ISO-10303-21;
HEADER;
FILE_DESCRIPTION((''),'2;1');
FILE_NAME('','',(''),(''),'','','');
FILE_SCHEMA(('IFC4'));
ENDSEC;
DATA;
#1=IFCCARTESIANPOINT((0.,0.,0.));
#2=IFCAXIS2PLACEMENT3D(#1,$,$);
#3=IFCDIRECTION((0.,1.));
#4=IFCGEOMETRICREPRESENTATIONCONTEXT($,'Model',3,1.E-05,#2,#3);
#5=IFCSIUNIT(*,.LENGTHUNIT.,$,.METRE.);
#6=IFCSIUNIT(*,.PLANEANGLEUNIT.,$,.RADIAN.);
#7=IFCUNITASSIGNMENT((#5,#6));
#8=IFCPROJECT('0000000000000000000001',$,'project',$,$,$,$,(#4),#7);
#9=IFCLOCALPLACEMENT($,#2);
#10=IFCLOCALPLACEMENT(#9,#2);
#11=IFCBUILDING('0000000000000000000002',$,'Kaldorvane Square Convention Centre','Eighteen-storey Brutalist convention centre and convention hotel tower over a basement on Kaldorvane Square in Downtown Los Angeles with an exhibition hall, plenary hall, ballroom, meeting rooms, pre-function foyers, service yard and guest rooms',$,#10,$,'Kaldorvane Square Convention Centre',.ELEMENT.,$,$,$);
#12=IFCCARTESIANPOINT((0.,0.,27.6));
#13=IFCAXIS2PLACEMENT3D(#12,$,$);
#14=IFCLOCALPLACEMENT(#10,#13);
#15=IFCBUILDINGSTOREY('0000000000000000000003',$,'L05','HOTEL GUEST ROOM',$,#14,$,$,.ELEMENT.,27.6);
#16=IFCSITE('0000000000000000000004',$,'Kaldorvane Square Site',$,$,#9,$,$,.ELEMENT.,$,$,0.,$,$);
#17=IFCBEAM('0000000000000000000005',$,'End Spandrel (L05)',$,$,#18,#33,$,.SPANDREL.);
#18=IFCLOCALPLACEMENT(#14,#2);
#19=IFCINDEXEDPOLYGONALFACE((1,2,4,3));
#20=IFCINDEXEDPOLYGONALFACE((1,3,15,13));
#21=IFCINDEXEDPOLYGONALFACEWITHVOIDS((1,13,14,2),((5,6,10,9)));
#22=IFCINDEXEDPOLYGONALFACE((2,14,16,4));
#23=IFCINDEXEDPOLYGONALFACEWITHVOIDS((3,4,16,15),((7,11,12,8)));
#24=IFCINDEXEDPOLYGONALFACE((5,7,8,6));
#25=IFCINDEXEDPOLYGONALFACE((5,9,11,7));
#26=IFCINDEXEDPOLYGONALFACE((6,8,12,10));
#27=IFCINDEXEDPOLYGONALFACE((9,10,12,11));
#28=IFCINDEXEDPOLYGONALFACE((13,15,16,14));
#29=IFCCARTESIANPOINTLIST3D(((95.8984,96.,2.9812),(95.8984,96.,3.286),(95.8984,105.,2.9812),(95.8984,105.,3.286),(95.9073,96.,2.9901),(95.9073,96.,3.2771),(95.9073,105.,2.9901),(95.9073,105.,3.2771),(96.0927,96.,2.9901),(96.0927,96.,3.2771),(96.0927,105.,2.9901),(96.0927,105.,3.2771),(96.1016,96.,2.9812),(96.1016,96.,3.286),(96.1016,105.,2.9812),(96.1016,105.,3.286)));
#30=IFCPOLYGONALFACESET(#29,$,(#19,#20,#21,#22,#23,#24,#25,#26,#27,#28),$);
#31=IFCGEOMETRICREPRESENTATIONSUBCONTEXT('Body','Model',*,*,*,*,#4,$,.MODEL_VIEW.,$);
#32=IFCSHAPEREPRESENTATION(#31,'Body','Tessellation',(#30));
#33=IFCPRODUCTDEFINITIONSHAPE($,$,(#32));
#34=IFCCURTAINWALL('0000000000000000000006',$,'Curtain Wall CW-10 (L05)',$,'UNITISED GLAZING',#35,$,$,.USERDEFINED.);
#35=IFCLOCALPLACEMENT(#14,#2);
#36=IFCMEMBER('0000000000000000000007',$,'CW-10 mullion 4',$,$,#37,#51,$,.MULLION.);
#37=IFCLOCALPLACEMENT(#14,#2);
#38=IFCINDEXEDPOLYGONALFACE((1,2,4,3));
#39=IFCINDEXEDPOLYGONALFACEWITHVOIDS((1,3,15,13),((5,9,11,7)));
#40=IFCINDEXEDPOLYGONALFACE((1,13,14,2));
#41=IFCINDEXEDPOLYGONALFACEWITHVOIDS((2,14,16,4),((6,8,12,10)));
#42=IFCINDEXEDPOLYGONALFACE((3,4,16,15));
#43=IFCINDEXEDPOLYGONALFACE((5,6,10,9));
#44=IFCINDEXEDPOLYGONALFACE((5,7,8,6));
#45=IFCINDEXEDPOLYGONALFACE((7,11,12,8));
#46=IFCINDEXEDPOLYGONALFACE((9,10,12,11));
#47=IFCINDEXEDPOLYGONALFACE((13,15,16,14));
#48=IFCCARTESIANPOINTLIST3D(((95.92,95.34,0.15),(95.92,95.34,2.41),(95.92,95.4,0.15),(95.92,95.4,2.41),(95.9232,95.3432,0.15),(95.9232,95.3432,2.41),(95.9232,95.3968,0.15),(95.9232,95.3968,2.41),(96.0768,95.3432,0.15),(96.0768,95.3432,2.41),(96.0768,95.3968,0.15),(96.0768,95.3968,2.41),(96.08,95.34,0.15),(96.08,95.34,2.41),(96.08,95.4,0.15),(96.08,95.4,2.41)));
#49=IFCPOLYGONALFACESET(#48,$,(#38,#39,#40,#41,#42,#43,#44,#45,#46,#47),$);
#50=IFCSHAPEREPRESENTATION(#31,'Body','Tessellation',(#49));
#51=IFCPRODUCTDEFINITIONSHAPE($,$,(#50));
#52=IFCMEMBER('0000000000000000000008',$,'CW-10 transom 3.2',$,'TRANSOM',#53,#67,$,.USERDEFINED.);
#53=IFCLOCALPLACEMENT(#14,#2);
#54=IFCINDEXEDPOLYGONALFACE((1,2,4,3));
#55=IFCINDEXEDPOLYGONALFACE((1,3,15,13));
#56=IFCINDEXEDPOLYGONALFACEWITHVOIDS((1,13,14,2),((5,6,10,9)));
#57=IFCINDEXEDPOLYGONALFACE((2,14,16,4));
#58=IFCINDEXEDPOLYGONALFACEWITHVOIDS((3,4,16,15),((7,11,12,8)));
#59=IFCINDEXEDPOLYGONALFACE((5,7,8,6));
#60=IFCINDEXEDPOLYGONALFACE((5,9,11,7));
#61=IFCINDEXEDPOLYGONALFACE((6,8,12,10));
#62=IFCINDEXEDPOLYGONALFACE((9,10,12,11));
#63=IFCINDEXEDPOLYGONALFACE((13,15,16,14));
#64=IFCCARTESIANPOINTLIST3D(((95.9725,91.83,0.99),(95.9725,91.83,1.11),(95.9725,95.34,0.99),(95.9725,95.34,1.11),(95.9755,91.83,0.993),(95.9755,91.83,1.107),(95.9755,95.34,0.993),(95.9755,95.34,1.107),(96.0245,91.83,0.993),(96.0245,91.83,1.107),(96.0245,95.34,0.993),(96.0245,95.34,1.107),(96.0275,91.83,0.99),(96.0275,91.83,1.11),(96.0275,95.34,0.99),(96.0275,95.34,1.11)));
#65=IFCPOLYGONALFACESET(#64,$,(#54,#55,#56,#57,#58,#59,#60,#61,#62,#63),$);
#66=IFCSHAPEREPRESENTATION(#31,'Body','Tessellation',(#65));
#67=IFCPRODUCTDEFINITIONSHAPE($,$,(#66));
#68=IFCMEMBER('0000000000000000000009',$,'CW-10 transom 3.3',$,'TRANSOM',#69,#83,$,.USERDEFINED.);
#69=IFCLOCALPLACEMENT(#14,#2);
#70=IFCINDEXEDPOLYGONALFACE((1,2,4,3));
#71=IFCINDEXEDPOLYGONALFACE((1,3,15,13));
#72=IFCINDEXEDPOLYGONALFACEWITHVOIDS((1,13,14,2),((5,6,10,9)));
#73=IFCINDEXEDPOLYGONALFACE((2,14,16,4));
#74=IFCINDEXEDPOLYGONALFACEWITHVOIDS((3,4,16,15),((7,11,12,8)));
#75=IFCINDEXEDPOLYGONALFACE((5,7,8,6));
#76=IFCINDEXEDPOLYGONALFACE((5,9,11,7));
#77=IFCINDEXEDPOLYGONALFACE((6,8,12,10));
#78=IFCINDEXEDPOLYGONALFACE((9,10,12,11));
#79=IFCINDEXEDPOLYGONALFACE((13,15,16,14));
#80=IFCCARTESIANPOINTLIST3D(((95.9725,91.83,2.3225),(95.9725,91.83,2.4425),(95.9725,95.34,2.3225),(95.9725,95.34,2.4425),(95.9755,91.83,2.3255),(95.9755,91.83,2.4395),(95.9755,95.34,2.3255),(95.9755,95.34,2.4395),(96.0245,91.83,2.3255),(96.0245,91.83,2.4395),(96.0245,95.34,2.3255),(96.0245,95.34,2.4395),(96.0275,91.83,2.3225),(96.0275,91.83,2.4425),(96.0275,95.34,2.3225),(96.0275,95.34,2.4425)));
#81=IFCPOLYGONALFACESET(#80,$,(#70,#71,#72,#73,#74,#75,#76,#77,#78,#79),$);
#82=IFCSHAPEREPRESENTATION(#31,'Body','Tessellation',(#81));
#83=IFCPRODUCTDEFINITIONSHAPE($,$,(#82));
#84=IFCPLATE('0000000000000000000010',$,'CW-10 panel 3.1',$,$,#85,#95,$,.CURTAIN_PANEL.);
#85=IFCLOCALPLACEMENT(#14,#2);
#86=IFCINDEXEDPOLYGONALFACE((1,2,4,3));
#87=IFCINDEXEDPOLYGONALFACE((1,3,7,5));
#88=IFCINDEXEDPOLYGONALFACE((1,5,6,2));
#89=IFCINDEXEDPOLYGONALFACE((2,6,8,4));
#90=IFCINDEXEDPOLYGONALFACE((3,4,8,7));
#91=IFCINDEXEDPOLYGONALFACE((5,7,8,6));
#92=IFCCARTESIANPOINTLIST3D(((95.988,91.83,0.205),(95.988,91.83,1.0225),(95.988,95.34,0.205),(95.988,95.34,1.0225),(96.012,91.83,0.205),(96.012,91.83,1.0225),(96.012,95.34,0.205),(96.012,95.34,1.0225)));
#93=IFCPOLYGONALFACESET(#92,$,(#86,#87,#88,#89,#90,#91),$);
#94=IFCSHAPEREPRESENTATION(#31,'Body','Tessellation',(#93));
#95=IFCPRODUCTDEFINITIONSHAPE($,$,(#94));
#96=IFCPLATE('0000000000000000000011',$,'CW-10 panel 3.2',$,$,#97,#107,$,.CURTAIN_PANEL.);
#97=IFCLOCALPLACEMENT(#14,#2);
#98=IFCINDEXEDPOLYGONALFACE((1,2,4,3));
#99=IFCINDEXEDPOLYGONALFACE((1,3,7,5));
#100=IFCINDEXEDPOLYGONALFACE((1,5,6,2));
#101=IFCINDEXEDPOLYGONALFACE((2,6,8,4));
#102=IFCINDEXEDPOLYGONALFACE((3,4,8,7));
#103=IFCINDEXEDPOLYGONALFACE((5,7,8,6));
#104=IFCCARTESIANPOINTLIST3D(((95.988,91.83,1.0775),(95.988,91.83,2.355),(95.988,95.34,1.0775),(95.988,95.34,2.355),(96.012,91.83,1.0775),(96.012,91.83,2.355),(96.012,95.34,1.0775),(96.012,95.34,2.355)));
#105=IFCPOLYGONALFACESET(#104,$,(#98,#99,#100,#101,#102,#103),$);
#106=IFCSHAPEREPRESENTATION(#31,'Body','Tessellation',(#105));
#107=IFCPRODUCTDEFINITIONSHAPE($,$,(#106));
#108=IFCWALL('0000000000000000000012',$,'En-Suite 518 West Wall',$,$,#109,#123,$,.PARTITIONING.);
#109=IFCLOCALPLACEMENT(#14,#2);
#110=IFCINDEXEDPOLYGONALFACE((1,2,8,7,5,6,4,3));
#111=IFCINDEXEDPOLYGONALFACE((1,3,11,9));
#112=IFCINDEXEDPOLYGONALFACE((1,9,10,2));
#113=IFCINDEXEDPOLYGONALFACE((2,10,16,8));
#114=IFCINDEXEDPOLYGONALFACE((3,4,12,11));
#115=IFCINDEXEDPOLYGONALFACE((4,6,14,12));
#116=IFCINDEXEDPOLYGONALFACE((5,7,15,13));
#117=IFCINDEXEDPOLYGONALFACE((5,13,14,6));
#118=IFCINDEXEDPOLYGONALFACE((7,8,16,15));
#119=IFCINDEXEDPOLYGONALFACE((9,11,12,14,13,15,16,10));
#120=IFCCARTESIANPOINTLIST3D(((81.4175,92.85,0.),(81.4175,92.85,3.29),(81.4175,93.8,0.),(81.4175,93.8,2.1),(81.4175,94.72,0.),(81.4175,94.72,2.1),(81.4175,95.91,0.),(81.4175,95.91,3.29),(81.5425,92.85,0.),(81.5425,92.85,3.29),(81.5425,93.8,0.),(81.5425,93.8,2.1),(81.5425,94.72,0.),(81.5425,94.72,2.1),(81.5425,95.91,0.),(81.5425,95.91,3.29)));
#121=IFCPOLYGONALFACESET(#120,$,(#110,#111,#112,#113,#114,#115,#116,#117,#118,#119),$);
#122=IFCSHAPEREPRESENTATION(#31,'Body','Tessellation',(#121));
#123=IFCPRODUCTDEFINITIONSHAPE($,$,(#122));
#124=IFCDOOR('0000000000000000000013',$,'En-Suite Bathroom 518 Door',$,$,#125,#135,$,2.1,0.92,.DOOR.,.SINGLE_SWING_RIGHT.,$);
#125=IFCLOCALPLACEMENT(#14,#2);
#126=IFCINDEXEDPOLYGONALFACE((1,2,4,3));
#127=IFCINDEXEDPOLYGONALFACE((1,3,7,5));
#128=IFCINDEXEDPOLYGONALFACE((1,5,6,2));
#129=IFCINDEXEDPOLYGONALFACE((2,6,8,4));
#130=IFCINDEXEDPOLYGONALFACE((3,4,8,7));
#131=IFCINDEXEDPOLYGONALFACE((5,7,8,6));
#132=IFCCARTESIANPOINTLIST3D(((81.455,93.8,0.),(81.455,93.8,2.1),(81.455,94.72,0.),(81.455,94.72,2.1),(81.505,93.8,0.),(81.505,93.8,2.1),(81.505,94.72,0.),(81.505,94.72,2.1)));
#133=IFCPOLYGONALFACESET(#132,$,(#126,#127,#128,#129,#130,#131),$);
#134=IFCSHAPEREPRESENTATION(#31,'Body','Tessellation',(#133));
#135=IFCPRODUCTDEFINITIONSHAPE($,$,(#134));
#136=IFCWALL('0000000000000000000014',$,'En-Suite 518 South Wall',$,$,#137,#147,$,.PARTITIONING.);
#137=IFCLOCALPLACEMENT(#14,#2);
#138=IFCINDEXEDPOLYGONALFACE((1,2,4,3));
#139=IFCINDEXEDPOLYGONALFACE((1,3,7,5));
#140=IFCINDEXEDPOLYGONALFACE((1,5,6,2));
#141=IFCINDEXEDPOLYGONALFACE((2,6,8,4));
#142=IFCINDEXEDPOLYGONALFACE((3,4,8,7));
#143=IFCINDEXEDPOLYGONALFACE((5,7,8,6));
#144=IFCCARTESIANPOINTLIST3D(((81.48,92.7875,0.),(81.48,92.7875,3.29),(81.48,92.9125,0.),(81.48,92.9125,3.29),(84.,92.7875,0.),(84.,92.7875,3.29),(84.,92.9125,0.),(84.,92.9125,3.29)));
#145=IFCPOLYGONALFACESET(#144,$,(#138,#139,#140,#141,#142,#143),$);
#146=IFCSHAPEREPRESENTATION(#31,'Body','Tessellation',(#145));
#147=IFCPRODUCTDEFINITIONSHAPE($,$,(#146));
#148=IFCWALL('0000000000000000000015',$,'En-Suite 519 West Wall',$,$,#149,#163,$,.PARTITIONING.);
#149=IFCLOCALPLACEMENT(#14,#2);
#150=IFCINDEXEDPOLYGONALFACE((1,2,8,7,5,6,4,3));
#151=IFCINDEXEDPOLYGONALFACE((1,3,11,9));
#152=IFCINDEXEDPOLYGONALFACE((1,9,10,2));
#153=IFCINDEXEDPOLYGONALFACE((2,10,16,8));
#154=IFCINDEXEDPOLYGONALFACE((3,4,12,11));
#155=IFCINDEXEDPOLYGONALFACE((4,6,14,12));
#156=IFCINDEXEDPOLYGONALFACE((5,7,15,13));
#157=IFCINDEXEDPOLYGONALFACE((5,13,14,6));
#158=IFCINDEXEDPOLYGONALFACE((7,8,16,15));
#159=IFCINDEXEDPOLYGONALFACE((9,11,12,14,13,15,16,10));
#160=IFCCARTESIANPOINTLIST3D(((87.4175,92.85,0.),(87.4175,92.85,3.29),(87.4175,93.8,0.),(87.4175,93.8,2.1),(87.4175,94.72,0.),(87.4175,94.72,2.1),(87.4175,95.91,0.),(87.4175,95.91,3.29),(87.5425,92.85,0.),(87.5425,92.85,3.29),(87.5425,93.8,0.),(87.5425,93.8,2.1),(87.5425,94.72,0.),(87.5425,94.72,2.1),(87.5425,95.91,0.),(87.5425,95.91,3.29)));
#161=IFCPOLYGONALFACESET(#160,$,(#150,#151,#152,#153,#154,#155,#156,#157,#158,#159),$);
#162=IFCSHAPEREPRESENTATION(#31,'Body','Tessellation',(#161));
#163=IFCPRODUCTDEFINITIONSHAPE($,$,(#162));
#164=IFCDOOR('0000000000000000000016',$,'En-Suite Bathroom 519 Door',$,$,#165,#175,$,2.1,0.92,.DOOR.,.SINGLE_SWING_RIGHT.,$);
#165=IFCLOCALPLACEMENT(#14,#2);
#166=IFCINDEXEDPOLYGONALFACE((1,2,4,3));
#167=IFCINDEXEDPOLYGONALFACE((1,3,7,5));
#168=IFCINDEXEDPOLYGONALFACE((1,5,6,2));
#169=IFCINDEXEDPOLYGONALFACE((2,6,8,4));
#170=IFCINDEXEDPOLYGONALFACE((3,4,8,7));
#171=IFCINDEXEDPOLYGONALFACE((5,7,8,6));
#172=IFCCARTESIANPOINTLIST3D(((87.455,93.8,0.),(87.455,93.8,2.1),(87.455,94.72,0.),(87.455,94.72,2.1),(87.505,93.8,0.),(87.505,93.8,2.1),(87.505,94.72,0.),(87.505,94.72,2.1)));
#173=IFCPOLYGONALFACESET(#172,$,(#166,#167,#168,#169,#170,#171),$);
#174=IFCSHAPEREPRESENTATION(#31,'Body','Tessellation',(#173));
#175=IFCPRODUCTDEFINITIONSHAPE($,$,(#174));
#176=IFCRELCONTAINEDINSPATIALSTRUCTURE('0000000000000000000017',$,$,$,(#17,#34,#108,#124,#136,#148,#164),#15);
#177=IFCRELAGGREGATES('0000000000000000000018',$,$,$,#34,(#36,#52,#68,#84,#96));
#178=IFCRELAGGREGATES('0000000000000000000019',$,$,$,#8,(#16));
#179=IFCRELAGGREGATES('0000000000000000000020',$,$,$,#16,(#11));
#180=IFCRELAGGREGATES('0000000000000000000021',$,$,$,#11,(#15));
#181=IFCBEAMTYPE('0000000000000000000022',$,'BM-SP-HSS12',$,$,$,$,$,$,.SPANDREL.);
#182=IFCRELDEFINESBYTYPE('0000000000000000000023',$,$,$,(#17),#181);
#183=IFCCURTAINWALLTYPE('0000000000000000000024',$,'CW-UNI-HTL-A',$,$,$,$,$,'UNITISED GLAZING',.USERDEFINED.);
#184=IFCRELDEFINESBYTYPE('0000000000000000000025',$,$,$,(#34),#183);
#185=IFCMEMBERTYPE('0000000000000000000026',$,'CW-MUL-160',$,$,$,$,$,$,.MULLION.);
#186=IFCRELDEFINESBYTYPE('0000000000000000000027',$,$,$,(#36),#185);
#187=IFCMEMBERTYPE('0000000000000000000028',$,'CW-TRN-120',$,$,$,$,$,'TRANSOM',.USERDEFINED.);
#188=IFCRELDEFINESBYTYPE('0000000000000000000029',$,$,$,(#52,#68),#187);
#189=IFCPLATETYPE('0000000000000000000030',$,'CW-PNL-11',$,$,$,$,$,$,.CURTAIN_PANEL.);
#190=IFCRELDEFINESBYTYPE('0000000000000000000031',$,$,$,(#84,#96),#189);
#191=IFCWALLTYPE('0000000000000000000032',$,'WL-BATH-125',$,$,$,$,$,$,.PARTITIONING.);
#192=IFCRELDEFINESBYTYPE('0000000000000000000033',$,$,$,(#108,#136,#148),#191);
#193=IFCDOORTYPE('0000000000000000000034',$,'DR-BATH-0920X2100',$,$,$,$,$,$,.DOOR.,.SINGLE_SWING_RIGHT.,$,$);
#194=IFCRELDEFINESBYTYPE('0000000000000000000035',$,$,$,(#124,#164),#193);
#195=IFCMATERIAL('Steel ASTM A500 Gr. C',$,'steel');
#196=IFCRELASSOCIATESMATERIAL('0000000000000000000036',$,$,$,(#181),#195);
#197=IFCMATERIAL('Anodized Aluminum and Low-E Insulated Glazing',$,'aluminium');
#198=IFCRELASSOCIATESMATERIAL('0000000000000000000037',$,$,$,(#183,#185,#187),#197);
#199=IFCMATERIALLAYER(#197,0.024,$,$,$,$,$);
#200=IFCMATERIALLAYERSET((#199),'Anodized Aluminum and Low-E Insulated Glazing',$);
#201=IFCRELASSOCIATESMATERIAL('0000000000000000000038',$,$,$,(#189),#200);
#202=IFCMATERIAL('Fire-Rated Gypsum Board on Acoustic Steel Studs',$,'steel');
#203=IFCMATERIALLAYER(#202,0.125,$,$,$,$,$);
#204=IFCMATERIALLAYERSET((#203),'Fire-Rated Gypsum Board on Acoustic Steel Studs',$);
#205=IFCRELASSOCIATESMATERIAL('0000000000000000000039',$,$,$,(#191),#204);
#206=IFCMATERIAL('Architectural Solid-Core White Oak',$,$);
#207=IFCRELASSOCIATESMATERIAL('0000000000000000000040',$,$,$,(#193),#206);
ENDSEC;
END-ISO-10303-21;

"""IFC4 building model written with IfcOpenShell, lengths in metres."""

from ifc_helpers import new_model, si_unit, direction, frame, frame_2d, origin, origin_2d, place, context, subcontext, project, spatial, rectangle, hollow_rectangle, extrude, material, layer, layer_set, material_profile, profile_set, type_object, element, fill, aggregate, save


model = new_model("IFC4")

# Units and contexts
model_context = context("Model", 3, precision=1e-05, world=origin(), true_north=direction((0.0, 1.0)))
body_context = subcontext(model_context, "Body", "Model", "MODEL_VIEW")
ifc_project = project(units=[si_unit("LENGTHUNIT", "METRE"), si_unit("PLANEANGLEUNIT", "RADIAN")], contexts=[model_context])

# Site, building, storey
site_placement = place(None, origin())
site = spatial("IfcSite", under=ifc_project, at=site_placement, Name="Kaldorvane Square Site", CompositionType="ELEMENT", RefElevation=0.0)
building_placement = place(site_placement, origin())
building = spatial("IfcBuilding", under=site, at=building_placement, Name="Kaldorvane Square Convention Centre", Description="Eighteen-storey Brutalist convention centre and convention hotel tower over a basement on Kaldorvane Square in Downtown Los Angeles with an exhibition hall, plenary hall, ballroom, meeting rooms, pre-function foyers, service yard and guest rooms", LongName="Kaldorvane Square Convention Centre", CompositionType="ELEMENT")
storey_placement = place(building_placement, frame((0.0, 0.0, 27.6)))
storey = spatial("IfcBuildingStorey", under=building, at=storey_placement, Name="L05", Description="HOTEL GUEST ROOM", CompositionType="ELEMENT", Elevation=27.6)

# Beam
ifc_material_1 = material(Name="Steel ASTM A500 Gr. C", Category="steel")
ifc_material_profile_1 = material_profile(ifc_material_1, hollow_rectangle(XDim=0.2032, YDim=0.3048, WallThickness=0.0089, at=origin_2d()), Name="HSS12X8X3/8")
ifc_profile_set_1 = profile_set([ifc_material_profile_1], Name="Steel ASTM A500 Gr. C")
beam_type_1 = type_object("IfcBeamType", Name="BM-SP-HSS12", PredefinedType="SPANDREL", material=ifc_profile_set_1)
beam_placement = place(storey_placement, frame((96.0, 96.0, 3.1336), z_axis=(0.0, 1.0, 0.0), x_axis=(-1.0, 0.0, 0.0)))
element("IfcBeam", 1, at=beam_placement, inside=storey, type_object=beam_type_1, Name="End Spandrel (L05)", PredefinedType="SPANDREL", context=body_context, shape_type="SweptSolid", body=[
    extrude(hollow_rectangle(XDim=0.2032, YDim=0.3048, WallThickness=0.0089, at=origin_2d()), origin(), (0.0, 0.0, 1.0), 9.0),
])

# Curtain wall, members, plates
ifc_material_2 = material(Name="Anodized Aluminum and Low-E Insulated Glazing", Category="aluminium")
curtain_wall_type = type_object("IfcCurtainWallType", Name="CW-UNI-HTL-A", ElementType="UNITISED GLAZING", PredefinedType="USERDEFINED", material=ifc_material_2)
curtain_wall_placement = place(storey_placement, origin())
curtain_wall = element("IfcCurtainWall", 2, at=curtain_wall_placement, inside=storey, type_object=curtain_wall_type, Name="Curtain Wall CW-10 (L05)", ObjectType="UNITISED GLAZING", PredefinedType="USERDEFINED")
ifc_material_profile_2 = material_profile(ifc_material_2, hollow_rectangle(XDim=0.06, YDim=0.16, WallThickness=0.0032, at=origin_2d()), Name="CWM-160X60")
ifc_profile_set_2 = profile_set([ifc_material_profile_2], Name="Anodized Aluminum and Low-E Insulated Glazing")
member_type_1 = type_object("IfcMemberType", Name="CW-MUL-160", PredefinedType="MULLION", material=ifc_profile_set_2)
member_1_placement = place(storey_placement, frame((96.0, 95.37, 0.15), z_axis=(0.0, 0.0, 1.0), x_axis=(0.0, 1.0, 0.0)))
member_1 = element("IfcMember", 3, at=member_1_placement, type_object=member_type_1, Name="CW-10 mullion 4", PredefinedType="MULLION", context=body_context, shape_type="SweptSolid", body=[
    extrude(hollow_rectangle(XDim=0.06, YDim=0.16, WallThickness=0.0032, at=origin_2d()), origin(), (0.0, 0.0, 1.0), 2.26),
])
ifc_material_profile_3 = material_profile(ifc_material_2, hollow_rectangle(XDim=0.055, YDim=0.12, WallThickness=0.003, at=origin_2d()), Name="CWT-120X55")
ifc_profile_set_3 = profile_set([ifc_material_profile_3], Name="Anodized Aluminum and Low-E Insulated Glazing")
member_type_2 = type_object("IfcMemberType", Name="CW-TRN-120", ElementType="TRANSOM", PredefinedType="USERDEFINED", material=ifc_profile_set_3)
member_2_placement = place(storey_placement, frame((96.0, 91.83, 1.05), z_axis=(0.0, 1.0, 0.0), x_axis=(-1.0, 0.0, 0.0)))
member_2 = element("IfcMember", 4, at=member_2_placement, type_object=member_type_2, Name="CW-10 transom 3.2", ObjectType="TRANSOM", PredefinedType="USERDEFINED", context=body_context, shape_type="SweptSolid", body=[
    extrude(hollow_rectangle(XDim=0.055, YDim=0.12, WallThickness=0.003, at=origin_2d()), origin(), (0.0, 0.0, 1.0), 3.51),
])
member_3_placement = place(storey_placement, frame((96.0, 91.83, 2.3825), z_axis=(0.0, 1.0, 0.0), x_axis=(-1.0, 0.0, 0.0)))
member_3 = element("IfcMember", 5, at=member_3_placement, type_object=member_type_2, Name="CW-10 transom 3.3", ObjectType="TRANSOM", PredefinedType="USERDEFINED", context=body_context, shape_type="SweptSolid", body=[
    extrude(hollow_rectangle(XDim=0.055, YDim=0.12, WallThickness=0.003, at=origin_2d()), origin(), (0.0, 0.0, 1.0), 3.51),
])
ifc_layer_1 = layer(ifc_material_2, 0.024)
ifc_layer_set_1 = layer_set([ifc_layer_1], Name="Anodized Aluminum and Low-E Insulated Glazing")
plate_type = type_object("IfcPlateType", Name="CW-PNL-11", PredefinedType="CURTAIN_PANEL", material=ifc_layer_set_1)
plate_1_placement = place(storey_placement, frame((96.0, 93.585, 0.205), z_axis=(0.0, 0.0, 1.0), x_axis=(0.0, 1.0, 0.0)))
plate_1 = element("IfcPlate", 6, at=plate_1_placement, type_object=plate_type, Name="CW-10 panel 3.1", PredefinedType="CURTAIN_PANEL", context=body_context, shape_type="SweptSolid", body=[
    extrude(rectangle(XDim=3.51, YDim=0.024, at=origin_2d()), origin(), (0.0, 0.0, 1.0), 0.8175),
])
plate_2_placement = place(storey_placement, frame((96.0, 93.585, 1.0775), z_axis=(0.0, 0.0, 1.0), x_axis=(0.0, 1.0, 0.0)))
plate_2 = element("IfcPlate", 7, at=plate_2_placement, type_object=plate_type, Name="CW-10 panel 3.2", PredefinedType="CURTAIN_PANEL", context=body_context, shape_type="SweptSolid", body=[
    extrude(rectangle(XDim=3.51, YDim=0.024, at=origin_2d()), origin(), (0.0, 0.0, 1.0), 1.2775),
])
aggregate(curtain_wall, [member_1, member_2, member_3, plate_1, plate_2])

# Wall, opening, door
ifc_material_3 = material(Name="Fire-Rated Gypsum Board on Acoustic Steel Studs", Category="steel")
ifc_layer_2 = layer(ifc_material_3, 0.125)
ifc_layer_set_2 = layer_set([ifc_layer_2], Name="Fire-Rated Gypsum Board on Acoustic Steel Studs")
wall_type_1 = type_object("IfcWallType", Name="WL-BATH-125", PredefinedType="PARTITIONING", material=ifc_layer_set_2)
wall_1_placement = place(storey_placement, frame((81.48, 92.85, 0.0), z_axis=(0.0, 0.0, 1.0), x_axis=(0.0, 1.0, 0.0)))
wall_1 = element("IfcWall", 8, at=wall_1_placement, inside=storey, type_object=wall_type_1, Name="En-Suite 518 West Wall", PredefinedType="PARTITIONING", context=body_context, shape_type="SweptSolid", body=[
    extrude(rectangle(XDim=3.06, YDim=0.125, at=frame_2d((1.53, 0.0))), origin(), (0.0, 0.0, 1.0), 3.29),
])
opening_1_placement = place(wall_1_placement, frame((0.95, 0.0, 0.0)))
opening_1 = element("IfcOpeningElement", 9, at=opening_1_placement, cuts=wall_1, PredefinedType="OPENING", context=body_context, shape_type="SweptSolid", body=[
    extrude(rectangle(XDim=0.92, YDim=2.1, at=frame_2d((0.46, 1.05))), frame((0.0, 0.0775, 0.0), z_axis=(0.0, -1.0, 0.0), x_axis=(1.0, 0.0, 0.0)), (0.0, 0.0, 1.0), 0.155),
])
ifc_material_4 = material(Name="Architectural Solid-Core White Oak")
door_type_1 = type_object("IfcDoorType", Name="DR-BATH-0920X2100", OperationType="SINGLE_SWING_RIGHT", PredefinedType="DOOR", material=ifc_material_4)
door_1_placement = place(opening_1_placement, origin())
door_1 = element("IfcDoor", 10, at=door_1_placement, inside=storey, type_object=door_type_1, Name="En-Suite Bathroom 518 Door", OperationType="SINGLE_SWING_RIGHT", OverallHeight=2.1, OverallWidth=0.92, PredefinedType="DOOR", context=body_context, shape_type="SweptSolid", body=[
    extrude(rectangle(XDim=0.92, YDim=2.1, at=frame_2d((0.46, 1.05))), frame((0.0, 0.025, 0.0), z_axis=(0.0, -1.0, 0.0), x_axis=(1.0, 0.0, 0.0)), (0.0, 0.0, 1.0), 0.05),
])
fill(opening_1, door_1)

# Wall
wall_2_placement = place(storey_placement, frame((81.48, 92.85, 0.0), z_axis=(0.0, 0.0, 1.0), x_axis=(1.0, 0.0, 0.0)))
element("IfcWall", 11, at=wall_2_placement, inside=storey, type_object=wall_type_1, Name="En-Suite 518 South Wall", PredefinedType="PARTITIONING", context=body_context, shape_type="SweptSolid", body=[
    extrude(rectangle(XDim=2.52, YDim=0.125, at=frame_2d((1.26, 0.0))), origin(), (0.0, 0.0, 1.0), 3.29),
])

# Wall, opening, door
wall_3_placement = place(storey_placement, frame((87.48, 92.85, 0.0), z_axis=(0.0, 0.0, 1.0), x_axis=(0.0, 1.0, 0.0)))
wall_3 = element("IfcWall", 12, at=wall_3_placement, inside=storey, type_object=wall_type_1, Name="En-Suite 519 West Wall", PredefinedType="PARTITIONING", context=body_context, shape_type="SweptSolid", body=[
    extrude(rectangle(XDim=3.06, YDim=0.125, at=frame_2d((1.53, 0.0))), origin(), (0.0, 0.0, 1.0), 3.29),
])
opening_2_placement = place(wall_3_placement, frame((0.95, 0.0, 0.0)))
opening_2 = element("IfcOpeningElement", 13, at=opening_2_placement, cuts=wall_3, PredefinedType="OPENING", context=body_context, shape_type="SweptSolid", body=[
    extrude(rectangle(XDim=0.92, YDim=2.1, at=frame_2d((0.46, 1.05))), frame((0.0, 0.0775, 0.0), z_axis=(0.0, -1.0, 0.0), x_axis=(1.0, 0.0, 0.0)), (0.0, 0.0, 1.0), 0.155),
])
door_2_placement = place(opening_2_placement, origin())
door_2 = element("IfcDoor", 14, at=door_2_placement, inside=storey, type_object=door_type_1, Name="En-Suite Bathroom 519 Door", OperationType="SINGLE_SWING_RIGHT", OverallHeight=2.1, OverallWidth=0.92, PredefinedType="DOOR", context=body_context, shape_type="SweptSolid", body=[
    extrude(rectangle(XDim=0.92, YDim=2.1, at=frame_2d((0.46, 1.05))), frame((0.0, 0.025, 0.0), z_axis=(0.0, -1.0, 0.0), x_axis=(1.0, 0.0, 0.0)), (0.0, 0.0, 1.0), 0.05),
])
fill(opening_2, door_2)

save(model, "model.ifc")
